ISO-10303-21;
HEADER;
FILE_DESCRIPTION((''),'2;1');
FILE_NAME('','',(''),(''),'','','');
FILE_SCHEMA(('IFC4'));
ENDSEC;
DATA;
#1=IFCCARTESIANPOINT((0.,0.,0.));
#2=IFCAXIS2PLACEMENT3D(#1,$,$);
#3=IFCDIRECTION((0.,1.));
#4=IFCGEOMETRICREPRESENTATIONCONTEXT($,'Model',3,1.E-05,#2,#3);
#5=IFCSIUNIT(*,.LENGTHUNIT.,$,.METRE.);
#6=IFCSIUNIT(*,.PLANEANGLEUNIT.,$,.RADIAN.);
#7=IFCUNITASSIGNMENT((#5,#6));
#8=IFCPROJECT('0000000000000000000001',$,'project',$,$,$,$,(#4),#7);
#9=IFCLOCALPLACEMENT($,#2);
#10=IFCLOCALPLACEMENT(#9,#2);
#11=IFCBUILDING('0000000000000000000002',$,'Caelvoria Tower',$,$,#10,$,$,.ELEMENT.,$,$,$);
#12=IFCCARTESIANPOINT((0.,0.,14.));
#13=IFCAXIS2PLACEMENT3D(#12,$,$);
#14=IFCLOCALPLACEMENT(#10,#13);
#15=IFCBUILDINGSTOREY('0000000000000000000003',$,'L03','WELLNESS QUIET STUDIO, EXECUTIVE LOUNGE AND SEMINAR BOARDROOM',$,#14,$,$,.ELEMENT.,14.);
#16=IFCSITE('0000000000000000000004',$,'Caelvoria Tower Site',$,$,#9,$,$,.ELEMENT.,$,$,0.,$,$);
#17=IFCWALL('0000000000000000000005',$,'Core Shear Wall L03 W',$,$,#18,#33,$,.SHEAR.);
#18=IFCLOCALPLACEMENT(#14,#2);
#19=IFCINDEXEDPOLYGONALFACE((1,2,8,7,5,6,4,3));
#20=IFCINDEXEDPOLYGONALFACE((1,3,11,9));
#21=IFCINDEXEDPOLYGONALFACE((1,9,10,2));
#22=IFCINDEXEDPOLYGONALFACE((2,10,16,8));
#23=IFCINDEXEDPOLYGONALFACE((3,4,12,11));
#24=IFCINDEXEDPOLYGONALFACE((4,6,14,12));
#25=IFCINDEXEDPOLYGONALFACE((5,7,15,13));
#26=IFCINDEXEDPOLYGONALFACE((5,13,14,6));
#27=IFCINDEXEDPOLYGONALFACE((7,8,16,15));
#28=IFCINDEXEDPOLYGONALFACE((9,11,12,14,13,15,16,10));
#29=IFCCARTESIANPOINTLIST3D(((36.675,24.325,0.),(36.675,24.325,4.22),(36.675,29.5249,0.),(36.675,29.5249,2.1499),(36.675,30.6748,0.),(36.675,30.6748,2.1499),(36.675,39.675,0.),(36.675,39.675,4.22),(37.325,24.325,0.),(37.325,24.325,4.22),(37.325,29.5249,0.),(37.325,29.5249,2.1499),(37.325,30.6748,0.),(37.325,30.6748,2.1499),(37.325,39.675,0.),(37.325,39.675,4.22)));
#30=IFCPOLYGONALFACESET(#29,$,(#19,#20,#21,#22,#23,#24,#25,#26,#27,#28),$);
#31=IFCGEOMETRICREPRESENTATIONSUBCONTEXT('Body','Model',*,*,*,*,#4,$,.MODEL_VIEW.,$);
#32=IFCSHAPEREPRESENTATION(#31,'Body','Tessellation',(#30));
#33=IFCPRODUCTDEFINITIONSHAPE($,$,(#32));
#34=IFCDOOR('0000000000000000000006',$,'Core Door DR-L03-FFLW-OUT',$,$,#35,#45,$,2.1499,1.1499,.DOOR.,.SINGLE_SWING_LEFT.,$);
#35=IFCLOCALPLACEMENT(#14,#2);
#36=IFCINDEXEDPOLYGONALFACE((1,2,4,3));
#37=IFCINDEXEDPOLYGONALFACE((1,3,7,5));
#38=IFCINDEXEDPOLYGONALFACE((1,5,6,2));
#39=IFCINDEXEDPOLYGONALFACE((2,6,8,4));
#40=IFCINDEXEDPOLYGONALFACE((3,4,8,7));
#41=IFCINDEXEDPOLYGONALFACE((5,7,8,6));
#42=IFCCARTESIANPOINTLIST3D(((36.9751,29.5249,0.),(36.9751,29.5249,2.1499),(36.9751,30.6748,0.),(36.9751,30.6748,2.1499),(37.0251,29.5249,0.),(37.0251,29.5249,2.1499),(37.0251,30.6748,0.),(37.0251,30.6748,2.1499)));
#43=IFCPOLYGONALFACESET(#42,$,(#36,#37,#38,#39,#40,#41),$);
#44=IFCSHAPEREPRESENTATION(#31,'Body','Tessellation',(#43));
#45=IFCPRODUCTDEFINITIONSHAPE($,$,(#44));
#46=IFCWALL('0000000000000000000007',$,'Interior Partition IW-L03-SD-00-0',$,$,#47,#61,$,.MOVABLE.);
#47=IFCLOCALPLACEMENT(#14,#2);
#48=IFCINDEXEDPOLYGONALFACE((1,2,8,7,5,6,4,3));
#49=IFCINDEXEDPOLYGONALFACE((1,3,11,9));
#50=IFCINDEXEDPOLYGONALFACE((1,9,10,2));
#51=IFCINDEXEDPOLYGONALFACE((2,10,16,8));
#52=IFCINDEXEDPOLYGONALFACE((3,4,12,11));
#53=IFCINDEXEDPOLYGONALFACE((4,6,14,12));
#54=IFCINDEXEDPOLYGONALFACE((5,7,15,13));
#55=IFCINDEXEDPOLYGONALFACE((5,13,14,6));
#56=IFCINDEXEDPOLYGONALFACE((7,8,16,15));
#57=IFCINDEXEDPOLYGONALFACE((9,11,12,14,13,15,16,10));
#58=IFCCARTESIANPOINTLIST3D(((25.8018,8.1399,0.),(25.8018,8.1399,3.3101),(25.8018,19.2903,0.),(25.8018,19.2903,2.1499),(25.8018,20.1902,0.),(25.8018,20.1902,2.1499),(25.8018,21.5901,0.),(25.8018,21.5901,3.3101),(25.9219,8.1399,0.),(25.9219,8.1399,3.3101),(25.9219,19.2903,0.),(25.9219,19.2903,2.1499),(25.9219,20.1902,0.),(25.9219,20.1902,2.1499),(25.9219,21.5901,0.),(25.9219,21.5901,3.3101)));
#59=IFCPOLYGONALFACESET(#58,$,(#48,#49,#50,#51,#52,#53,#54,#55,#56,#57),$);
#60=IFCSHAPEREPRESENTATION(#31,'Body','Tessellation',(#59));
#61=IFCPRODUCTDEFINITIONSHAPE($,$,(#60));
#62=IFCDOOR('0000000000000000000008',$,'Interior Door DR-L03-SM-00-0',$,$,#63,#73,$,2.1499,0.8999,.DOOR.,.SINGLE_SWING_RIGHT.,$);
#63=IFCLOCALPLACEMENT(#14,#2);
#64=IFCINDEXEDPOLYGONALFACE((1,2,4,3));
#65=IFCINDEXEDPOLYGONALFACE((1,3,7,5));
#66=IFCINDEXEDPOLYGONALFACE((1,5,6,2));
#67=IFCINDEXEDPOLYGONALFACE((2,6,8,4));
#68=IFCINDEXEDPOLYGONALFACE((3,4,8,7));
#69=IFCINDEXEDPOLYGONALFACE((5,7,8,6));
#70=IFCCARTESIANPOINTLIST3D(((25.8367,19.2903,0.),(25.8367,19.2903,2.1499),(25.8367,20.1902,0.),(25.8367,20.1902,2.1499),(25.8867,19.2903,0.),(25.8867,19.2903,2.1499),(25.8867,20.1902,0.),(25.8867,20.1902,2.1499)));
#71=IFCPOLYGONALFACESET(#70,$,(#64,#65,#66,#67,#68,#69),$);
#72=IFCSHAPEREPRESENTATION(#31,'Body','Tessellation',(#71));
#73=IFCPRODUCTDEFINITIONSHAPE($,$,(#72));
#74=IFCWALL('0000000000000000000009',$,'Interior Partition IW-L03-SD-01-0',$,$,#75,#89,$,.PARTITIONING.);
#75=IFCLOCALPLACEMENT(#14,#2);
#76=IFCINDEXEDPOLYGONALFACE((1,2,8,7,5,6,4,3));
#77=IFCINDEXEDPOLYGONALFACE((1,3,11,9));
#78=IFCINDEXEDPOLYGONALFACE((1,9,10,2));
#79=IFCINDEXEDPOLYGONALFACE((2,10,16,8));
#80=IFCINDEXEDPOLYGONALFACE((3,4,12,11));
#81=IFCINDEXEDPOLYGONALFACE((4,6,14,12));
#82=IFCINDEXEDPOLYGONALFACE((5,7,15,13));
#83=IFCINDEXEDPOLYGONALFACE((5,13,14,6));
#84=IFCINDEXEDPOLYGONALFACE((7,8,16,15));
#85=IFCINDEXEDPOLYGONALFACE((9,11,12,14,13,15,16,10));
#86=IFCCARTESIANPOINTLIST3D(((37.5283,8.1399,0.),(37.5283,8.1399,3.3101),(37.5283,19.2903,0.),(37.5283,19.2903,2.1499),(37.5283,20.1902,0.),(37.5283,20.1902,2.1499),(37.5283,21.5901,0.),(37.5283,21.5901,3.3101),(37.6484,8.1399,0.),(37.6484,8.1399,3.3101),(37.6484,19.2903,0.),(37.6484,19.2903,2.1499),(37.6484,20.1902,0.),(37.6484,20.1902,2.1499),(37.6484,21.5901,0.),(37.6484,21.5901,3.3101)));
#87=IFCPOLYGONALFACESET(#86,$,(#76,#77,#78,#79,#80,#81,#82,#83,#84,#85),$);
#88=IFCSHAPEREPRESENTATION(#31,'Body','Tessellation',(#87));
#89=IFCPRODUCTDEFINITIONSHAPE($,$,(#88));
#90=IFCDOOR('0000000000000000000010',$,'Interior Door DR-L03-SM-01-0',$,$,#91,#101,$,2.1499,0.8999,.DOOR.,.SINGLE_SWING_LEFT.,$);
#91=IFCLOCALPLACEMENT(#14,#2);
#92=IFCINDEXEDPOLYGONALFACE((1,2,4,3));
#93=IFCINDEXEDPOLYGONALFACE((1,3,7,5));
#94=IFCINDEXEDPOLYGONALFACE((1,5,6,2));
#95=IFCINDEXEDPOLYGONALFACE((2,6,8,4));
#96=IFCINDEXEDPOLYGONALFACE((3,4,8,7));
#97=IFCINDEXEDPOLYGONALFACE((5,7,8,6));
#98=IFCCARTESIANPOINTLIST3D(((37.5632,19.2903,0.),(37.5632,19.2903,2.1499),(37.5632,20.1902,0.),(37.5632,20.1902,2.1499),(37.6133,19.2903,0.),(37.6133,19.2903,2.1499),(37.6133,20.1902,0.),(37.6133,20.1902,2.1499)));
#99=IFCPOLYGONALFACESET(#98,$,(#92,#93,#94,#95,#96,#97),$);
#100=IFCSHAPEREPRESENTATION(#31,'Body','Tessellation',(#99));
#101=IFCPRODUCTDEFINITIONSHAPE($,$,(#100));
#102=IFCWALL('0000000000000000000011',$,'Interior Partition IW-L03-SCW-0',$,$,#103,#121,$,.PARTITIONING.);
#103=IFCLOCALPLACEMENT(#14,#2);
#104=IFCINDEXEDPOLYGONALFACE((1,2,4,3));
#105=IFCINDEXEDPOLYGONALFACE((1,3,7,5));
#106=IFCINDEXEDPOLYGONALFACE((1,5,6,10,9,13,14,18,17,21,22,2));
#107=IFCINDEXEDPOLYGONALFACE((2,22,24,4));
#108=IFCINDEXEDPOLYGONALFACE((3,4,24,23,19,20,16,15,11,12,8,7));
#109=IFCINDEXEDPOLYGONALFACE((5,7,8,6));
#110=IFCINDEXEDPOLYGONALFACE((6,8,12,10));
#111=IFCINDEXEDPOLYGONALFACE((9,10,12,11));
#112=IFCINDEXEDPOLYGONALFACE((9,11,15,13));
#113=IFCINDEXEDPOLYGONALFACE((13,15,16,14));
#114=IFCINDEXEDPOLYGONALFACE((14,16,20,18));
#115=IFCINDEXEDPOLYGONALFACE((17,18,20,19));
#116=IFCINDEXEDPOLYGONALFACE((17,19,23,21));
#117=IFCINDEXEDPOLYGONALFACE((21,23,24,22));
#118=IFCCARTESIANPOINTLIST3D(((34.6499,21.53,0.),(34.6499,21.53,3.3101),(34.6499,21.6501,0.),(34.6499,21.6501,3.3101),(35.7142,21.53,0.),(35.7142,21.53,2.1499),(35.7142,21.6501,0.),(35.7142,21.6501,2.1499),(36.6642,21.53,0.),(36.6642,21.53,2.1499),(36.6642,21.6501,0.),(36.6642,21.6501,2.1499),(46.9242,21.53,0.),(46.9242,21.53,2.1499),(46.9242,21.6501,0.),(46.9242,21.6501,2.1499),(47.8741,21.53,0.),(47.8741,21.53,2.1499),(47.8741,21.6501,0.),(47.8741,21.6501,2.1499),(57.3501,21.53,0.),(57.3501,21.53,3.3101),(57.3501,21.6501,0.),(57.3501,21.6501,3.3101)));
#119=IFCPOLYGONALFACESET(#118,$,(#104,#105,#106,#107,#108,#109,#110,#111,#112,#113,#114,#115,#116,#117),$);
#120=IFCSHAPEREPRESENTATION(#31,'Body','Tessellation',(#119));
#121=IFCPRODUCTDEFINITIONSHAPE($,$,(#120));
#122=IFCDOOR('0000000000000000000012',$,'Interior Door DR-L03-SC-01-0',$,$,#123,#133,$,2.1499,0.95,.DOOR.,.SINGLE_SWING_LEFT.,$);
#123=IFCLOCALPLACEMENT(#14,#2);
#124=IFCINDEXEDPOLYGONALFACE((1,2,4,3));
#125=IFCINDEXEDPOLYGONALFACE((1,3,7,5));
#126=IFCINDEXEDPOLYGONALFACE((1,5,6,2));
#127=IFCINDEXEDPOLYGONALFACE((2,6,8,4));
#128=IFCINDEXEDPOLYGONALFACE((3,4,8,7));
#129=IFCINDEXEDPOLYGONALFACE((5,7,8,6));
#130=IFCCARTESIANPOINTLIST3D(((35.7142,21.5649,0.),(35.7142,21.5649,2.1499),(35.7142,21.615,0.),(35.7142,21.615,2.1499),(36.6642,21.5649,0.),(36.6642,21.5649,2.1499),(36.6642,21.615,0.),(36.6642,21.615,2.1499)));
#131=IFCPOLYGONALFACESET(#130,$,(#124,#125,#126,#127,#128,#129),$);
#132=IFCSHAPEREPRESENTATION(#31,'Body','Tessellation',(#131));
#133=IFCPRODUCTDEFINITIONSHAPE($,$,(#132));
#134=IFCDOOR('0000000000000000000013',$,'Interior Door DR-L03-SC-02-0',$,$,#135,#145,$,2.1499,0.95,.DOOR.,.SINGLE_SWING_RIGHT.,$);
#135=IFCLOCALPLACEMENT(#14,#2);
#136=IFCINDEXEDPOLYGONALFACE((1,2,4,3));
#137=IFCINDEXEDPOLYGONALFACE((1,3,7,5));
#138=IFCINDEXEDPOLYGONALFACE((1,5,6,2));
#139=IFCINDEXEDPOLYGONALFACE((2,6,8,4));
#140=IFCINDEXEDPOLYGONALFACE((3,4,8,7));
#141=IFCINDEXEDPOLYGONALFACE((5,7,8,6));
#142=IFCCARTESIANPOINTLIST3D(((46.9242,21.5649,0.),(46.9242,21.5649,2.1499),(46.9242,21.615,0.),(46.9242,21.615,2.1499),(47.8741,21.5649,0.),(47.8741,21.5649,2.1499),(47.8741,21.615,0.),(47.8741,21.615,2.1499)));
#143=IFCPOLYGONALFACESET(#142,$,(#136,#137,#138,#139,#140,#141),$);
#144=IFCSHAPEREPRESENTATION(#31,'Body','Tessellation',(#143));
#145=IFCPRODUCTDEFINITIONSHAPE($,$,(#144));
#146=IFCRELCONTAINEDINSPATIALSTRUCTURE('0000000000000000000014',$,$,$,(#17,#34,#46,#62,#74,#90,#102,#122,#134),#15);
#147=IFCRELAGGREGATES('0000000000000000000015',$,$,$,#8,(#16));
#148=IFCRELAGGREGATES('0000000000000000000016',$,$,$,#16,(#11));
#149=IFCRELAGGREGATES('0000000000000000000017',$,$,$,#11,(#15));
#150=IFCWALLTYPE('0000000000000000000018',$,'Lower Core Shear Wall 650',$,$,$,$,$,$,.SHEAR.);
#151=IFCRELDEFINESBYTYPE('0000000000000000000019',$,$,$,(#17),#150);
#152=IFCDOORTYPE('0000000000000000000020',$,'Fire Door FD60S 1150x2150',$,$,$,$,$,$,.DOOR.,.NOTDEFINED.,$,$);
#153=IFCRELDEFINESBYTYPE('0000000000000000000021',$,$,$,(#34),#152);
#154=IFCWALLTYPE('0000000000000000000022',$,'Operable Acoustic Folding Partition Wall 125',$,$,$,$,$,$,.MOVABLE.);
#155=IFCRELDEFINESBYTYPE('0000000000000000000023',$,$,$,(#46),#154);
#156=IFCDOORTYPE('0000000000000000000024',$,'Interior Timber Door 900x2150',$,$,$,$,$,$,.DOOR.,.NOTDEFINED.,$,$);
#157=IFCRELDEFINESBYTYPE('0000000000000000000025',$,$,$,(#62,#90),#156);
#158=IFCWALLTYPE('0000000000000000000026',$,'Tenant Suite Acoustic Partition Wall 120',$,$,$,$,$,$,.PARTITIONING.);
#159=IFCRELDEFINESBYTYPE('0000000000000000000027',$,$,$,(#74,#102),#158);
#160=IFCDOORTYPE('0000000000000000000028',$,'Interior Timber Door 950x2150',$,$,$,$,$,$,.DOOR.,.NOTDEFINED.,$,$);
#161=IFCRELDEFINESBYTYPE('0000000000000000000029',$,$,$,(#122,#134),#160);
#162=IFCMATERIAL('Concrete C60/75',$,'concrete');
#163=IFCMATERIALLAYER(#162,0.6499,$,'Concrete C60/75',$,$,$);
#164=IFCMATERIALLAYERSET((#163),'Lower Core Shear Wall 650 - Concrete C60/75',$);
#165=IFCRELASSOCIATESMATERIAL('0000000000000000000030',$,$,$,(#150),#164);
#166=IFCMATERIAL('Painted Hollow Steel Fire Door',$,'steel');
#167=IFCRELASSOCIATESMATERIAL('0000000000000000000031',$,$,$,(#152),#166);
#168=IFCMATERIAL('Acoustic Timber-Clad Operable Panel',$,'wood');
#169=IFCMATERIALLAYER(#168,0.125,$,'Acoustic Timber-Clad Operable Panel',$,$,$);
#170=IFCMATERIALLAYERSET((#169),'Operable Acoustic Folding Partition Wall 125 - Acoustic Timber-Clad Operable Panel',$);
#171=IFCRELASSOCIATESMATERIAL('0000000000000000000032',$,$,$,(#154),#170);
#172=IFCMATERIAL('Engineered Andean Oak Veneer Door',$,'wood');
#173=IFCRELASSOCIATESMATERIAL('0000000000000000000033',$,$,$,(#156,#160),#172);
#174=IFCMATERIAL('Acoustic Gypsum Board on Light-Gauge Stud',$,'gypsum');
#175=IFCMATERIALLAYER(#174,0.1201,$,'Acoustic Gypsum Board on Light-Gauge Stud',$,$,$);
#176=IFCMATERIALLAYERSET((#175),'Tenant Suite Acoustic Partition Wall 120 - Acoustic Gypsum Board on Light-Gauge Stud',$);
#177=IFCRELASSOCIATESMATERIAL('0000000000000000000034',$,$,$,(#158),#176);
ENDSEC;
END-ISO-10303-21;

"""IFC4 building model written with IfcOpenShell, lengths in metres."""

from ifc_helpers import new_model, si_unit, direction, frame, frame_2d, origin, place, context, subcontext, project, spatial, rectangle, extrude, material, layer, layer_set, type_object, element, fill, save


model = new_model("IFC4")

# Units and contexts
model_context = context("Model", 3, precision=1e-05, world=origin(), true_north=direction((0.0, 1.0)))
body_context = subcontext(model_context, "Body", "Model", "MODEL_VIEW")
ifc_project = project(units=[si_unit("LENGTHUNIT", "METRE"), si_unit("PLANEANGLEUNIT", "RADIAN")], contexts=[model_context])

# Site, building, storey
site_placement = place(None, origin())
site = spatial("IfcSite", under=ifc_project, at=site_placement, Name="Caelvoria Tower Site", CompositionType="ELEMENT", RefElevation=0.0)
building_placement = place(site_placement, origin())
building = spatial("IfcBuilding", under=site, at=building_placement, Name="Caelvoria Tower", CompositionType="ELEMENT")
storey_placement = place(building_placement, frame((0.0, 0.0, 14.0)))
storey = spatial("IfcBuildingStorey", under=building, at=storey_placement, Name="L03", Description="WELLNESS QUIET STUDIO, EXECUTIVE LOUNGE AND SEMINAR BOARDROOM", CompositionType="ELEMENT", Elevation=14.0)

# Shared definitions
ifc_material_1 = material(Name="Painted Hollow Steel Fire Door", Category="steel")

# Shared definitions
ifc_material_2 = material(Name="Concrete C60/75", Category="concrete")
ifc_layer_1 = layer(ifc_material_2, 0.6499, Name="Concrete C60/75")
ifc_layer_set_1 = layer_set([ifc_layer_1], Name="Lower Core Shear Wall 650 - Concrete C60/75")
wall_type_1 = type_object("IfcWallType", Name="Lower Core Shear Wall 650", PredefinedType="SHEAR", material=ifc_layer_set_1)

# Walls, openings, doors
wall_1_placement = place(storey_placement, frame((37.0, 24.325, 0.0), z_axis=(0.0, 0.0, 1.0), x_axis=(0.0, 1.0, 0.0)))
wall_1 = element("IfcWall", 1, at=wall_1_placement, inside=storey, type_object=wall_type_1, Name="Core Shear Wall L03 W", PredefinedType="SHEAR", context=body_context, shape_type="SweptSolid", body=[
    extrude(rectangle(XDim=15.3501, YDim=0.6499, at=frame_2d((7.675, 0.0))), origin(), (0.0, 0.0, 1.0), 4.22),
])
opening_1_placement = place(wall_1_placement, frame((5.2, 0.0, 0.0)))
opening_1 = element("IfcOpeningElement", 2, at=opening_1_placement, cuts=wall_1, PredefinedType="OPENING", context=body_context, shape_type="SweptSolid", body=[
    extrude(rectangle(XDim=1.1499, YDim=2.1499, at=frame_2d((0.575, 1.075))), frame((0.0, 0.335, 0.0), z_axis=(0.0, -1.0, 0.0), x_axis=(1.0, 0.0, 0.0)), (0.0, 0.0, 1.0), 0.6699),
])
door_type_1 = type_object("IfcDoorType", Name="Fire Door FD60S 1150x2150", OperationType="NOTDEFINED", PredefinedType="DOOR", material=ifc_material_1)
door_1_placement = place(opening_1_placement, origin())
door_1 = element("IfcDoor", 3, at=door_1_placement, inside=storey, type_object=door_type_1, Name="Core Door DR-L03-FFLW-OUT", OperationType="SINGLE_SWING_LEFT", OverallHeight=2.1499, OverallWidth=1.1499, PredefinedType="DOOR", context=body_context, shape_type="SweptSolid", body=[
    extrude(rectangle(XDim=1.1499, YDim=2.1499, at=frame_2d((0.575, 1.075))), frame((0.0, 0.0249, 0.0), z_axis=(0.0, -1.0, 0.0), x_axis=(1.0, 0.0, 0.0)), (0.0, 0.0, 1.0), 0.05),
])
fill(opening_1, door_1)
ifc_material_3 = material(Name="Acoustic Timber-Clad Operable Panel", Category="wood")
ifc_layer_2 = layer(ifc_material_3, 0.125, Name="Acoustic Timber-Clad Operable Panel")
ifc_layer_set_2 = layer_set([ifc_layer_2], Name="Operable Acoustic Folding Partition Wall 125 - Acoustic Timber-Clad Operable Panel")
wall_type_2 = type_object("IfcWallType", Name="Operable Acoustic Folding Partition Wall 125", PredefinedType="MOVABLE", material=ifc_layer_set_2)
wall_2_placement = place(storey_placement, frame((25.8618, 21.5901, 0.0), z_axis=(0.0, 0.0, 1.0), x_axis=(0.0, -1.0, 0.0)))
wall_2 = element("IfcWall", 4, at=wall_2_placement, inside=storey, type_object=wall_type_2, Name="Interior Partition IW-L03-SD-00-0", PredefinedType="MOVABLE", context=body_context, shape_type="SweptSolid", body=[
    extrude(rectangle(XDim=13.4502, YDim=0.1201, at=frame_2d((6.7251, 0.0))), origin(), (0.0, 0.0, 1.0), 3.3101),
])
opening_2_placement = place(wall_2_placement, frame((1.3999, 0.0, 0.0)))
opening_2 = element("IfcOpeningElement", 5, at=opening_2_placement, cuts=wall_2, PredefinedType="OPENING", context=body_context, shape_type="SweptSolid", body=[
    extrude(rectangle(XDim=0.8999, YDim=2.1499, at=frame_2d((0.45, 1.075))), frame((0.0, 0.0701, 0.0), z_axis=(0.0, -1.0, 0.0), x_axis=(1.0, 0.0, 0.0)), (0.0, 0.0, 1.0), 0.1401),
])
ifc_material_4 = material(Name="Engineered Andean Oak Veneer Door", Category="wood")
door_type_2 = type_object("IfcDoorType", Name="Interior Timber Door 900x2150", OperationType="NOTDEFINED", PredefinedType="DOOR", material=ifc_material_4)
door_2_placement = place(opening_2_placement, origin())
door_2 = element("IfcDoor", 6, at=door_2_placement, inside=storey, type_object=door_type_2, Name="Interior Door DR-L03-SM-00-0", OperationType="SINGLE_SWING_RIGHT", OverallHeight=2.1499, OverallWidth=0.8999, PredefinedType="DOOR", context=body_context, shape_type="SweptSolid", body=[
    extrude(rectangle(XDim=0.8999, YDim=2.1499, at=frame_2d((0.45, 1.075))), frame((0.0, 0.0249, 0.0), z_axis=(0.0, -1.0, 0.0), x_axis=(1.0, 0.0, 0.0)), (0.0, 0.0, 1.0), 0.05),
])
fill(opening_2, door_2)
ifc_material_5 = material(Name="Acoustic Gypsum Board on Light-Gauge Stud", Category="gypsum")
ifc_layer_3 = layer(ifc_material_5, 0.1201, Name="Acoustic Gypsum Board on Light-Gauge Stud")
ifc_layer_set_3 = layer_set([ifc_layer_3], Name="Tenant Suite Acoustic Partition Wall 120 - Acoustic Gypsum Board on Light-Gauge Stud")
wall_type_3 = type_object("IfcWallType", Name="Tenant Suite Acoustic Partition Wall 120", PredefinedType="PARTITIONING", material=ifc_layer_set_3)
wall_3_placement = place(storey_placement, frame((37.5884, 21.5901, 0.0), z_axis=(0.0, 0.0, 1.0), x_axis=(0.0, -1.0, 0.0)))
wall_3 = element("IfcWall", 7, at=wall_3_placement, inside=storey, type_object=wall_type_3, Name="Interior Partition IW-L03-SD-01-0", PredefinedType="PARTITIONING", context=body_context, shape_type="SweptSolid", body=[
    extrude(rectangle(XDim=13.4502, YDim=0.1201, at=frame_2d((6.7251, 0.0))), origin(), (0.0, 0.0, 1.0), 3.3101),
])
opening_3_placement = place(wall_3_placement, frame((1.3999, 0.0, 0.0)))
opening_3 = element("IfcOpeningElement", 8, at=opening_3_placement, cuts=wall_3, PredefinedType="OPENING", context=body_context, shape_type="SweptSolid", body=[
    extrude(rectangle(XDim=0.8999, YDim=2.1499, at=frame_2d((0.45, 1.075))), frame((0.0, 0.0701, 0.0), z_axis=(0.0, -1.0, 0.0), x_axis=(1.0, 0.0, 0.0)), (0.0, 0.0, 1.0), 0.1401),
])
door_3_placement = place(opening_3_placement, origin())
door_3 = element("IfcDoor", 9, at=door_3_placement, inside=storey, type_object=door_type_2, Name="Interior Door DR-L03-SM-01-0", OperationType="SINGLE_SWING_LEFT", OverallHeight=2.1499, OverallWidth=0.8999, PredefinedType="DOOR", context=body_context, shape_type="SweptSolid", body=[
    extrude(rectangle(XDim=0.8999, YDim=2.1499, at=frame_2d((0.45, 1.075))), frame((0.0, 0.0249, 0.0), z_axis=(0.0, -1.0, 0.0), x_axis=(1.0, 0.0, 0.0)), (0.0, 0.0, 1.0), 0.05),
])
fill(opening_3, door_3)

# Wall, openings, doors
wall_4_placement = place(storey_placement, frame((34.6499, 21.5901, 0.0), z_axis=(0.0, 0.0, 1.0), x_axis=(1.0, 0.0, 0.0)))
wall_4 = element("IfcWall", 10, at=wall_4_placement, inside=storey, type_object=wall_type_3, Name="Interior Partition IW-L03-SCW-0", PredefinedType="PARTITIONING", context=body_context, shape_type="SweptSolid", body=[
    extrude(rectangle(XDim=22.7002, YDim=0.1201, at=frame_2d((11.3501, 0.0))), origin(), (0.0, 0.0, 1.0), 3.3101),
])
opening_4_placement = place(wall_4_placement, frame((1.0642, 0.0, 0.0)))
opening_4 = element("IfcOpeningElement", 11, at=opening_4_placement, cuts=wall_4, PredefinedType="OPENING", context=body_context, shape_type="SweptSolid", body=[
    extrude(rectangle(XDim=0.95, YDim=2.1499, at=frame_2d((0.4751, 1.075))), frame((0.0, 0.0701, 0.0), z_axis=(0.0, -1.0, 0.0), x_axis=(1.0, 0.0, 0.0)), (0.0, 0.0, 1.0), 0.1401),
])
opening_5_placement = place(wall_4_placement, frame((12.2742, 0.0, 0.0)))
opening_5 = element("IfcOpeningElement", 12, at=opening_5_placement, cuts=wall_4, PredefinedType="OPENING", context=body_context, shape_type="SweptSolid", body=[
    extrude(rectangle(XDim=0.95, YDim=2.1499, at=frame_2d((0.4751, 1.075))), frame((0.0, 0.0701, 0.0), z_axis=(0.0, -1.0, 0.0), x_axis=(1.0, 0.0, 0.0)), (0.0, 0.0, 1.0), 0.1401),
])
door_type_3 = type_object("IfcDoorType", Name="Interior Timber Door 950x2150", OperationType="NOTDEFINED", PredefinedType="DOOR", material=ifc_material_4)
door_4_placement = place(opening_4_placement, origin())
door_4 = element("IfcDoor", 13, at=door_4_placement, inside=storey, type_object=door_type_3, Name="Interior Door DR-L03-SC-01-0", OperationType="SINGLE_SWING_LEFT", OverallHeight=2.1499, OverallWidth=0.95, PredefinedType="DOOR", context=body_context, shape_type="SweptSolid", body=[
    extrude(rectangle(XDim=0.95, YDim=2.1499, at=frame_2d((0.4751, 1.075))), frame((0.0, 0.0249, 0.0), z_axis=(0.0, -1.0, 0.0), x_axis=(1.0, 0.0, 0.0)), (0.0, 0.0, 1.0), 0.05),
])
fill(opening_4, door_4)
door_5_placement = place(opening_5_placement, origin())
door_5 = element("IfcDoor", 14, at=door_5_placement, inside=storey, type_object=door_type_3, Name="Interior Door DR-L03-SC-02-0", OperationType="SINGLE_SWING_RIGHT", OverallHeight=2.1499, OverallWidth=0.95, PredefinedType="DOOR", context=body_context, shape_type="SweptSolid", body=[
    extrude(rectangle(XDim=0.95, YDim=2.1499, at=frame_2d((0.4751, 1.075))), frame((0.0, 0.0249, 0.0), z_axis=(0.0, -1.0, 0.0), x_axis=(1.0, 0.0, 0.0)), (0.0, 0.0, 1.0), 0.05),
])
fill(opening_5, door_5)

save(model, "model.ifc")
